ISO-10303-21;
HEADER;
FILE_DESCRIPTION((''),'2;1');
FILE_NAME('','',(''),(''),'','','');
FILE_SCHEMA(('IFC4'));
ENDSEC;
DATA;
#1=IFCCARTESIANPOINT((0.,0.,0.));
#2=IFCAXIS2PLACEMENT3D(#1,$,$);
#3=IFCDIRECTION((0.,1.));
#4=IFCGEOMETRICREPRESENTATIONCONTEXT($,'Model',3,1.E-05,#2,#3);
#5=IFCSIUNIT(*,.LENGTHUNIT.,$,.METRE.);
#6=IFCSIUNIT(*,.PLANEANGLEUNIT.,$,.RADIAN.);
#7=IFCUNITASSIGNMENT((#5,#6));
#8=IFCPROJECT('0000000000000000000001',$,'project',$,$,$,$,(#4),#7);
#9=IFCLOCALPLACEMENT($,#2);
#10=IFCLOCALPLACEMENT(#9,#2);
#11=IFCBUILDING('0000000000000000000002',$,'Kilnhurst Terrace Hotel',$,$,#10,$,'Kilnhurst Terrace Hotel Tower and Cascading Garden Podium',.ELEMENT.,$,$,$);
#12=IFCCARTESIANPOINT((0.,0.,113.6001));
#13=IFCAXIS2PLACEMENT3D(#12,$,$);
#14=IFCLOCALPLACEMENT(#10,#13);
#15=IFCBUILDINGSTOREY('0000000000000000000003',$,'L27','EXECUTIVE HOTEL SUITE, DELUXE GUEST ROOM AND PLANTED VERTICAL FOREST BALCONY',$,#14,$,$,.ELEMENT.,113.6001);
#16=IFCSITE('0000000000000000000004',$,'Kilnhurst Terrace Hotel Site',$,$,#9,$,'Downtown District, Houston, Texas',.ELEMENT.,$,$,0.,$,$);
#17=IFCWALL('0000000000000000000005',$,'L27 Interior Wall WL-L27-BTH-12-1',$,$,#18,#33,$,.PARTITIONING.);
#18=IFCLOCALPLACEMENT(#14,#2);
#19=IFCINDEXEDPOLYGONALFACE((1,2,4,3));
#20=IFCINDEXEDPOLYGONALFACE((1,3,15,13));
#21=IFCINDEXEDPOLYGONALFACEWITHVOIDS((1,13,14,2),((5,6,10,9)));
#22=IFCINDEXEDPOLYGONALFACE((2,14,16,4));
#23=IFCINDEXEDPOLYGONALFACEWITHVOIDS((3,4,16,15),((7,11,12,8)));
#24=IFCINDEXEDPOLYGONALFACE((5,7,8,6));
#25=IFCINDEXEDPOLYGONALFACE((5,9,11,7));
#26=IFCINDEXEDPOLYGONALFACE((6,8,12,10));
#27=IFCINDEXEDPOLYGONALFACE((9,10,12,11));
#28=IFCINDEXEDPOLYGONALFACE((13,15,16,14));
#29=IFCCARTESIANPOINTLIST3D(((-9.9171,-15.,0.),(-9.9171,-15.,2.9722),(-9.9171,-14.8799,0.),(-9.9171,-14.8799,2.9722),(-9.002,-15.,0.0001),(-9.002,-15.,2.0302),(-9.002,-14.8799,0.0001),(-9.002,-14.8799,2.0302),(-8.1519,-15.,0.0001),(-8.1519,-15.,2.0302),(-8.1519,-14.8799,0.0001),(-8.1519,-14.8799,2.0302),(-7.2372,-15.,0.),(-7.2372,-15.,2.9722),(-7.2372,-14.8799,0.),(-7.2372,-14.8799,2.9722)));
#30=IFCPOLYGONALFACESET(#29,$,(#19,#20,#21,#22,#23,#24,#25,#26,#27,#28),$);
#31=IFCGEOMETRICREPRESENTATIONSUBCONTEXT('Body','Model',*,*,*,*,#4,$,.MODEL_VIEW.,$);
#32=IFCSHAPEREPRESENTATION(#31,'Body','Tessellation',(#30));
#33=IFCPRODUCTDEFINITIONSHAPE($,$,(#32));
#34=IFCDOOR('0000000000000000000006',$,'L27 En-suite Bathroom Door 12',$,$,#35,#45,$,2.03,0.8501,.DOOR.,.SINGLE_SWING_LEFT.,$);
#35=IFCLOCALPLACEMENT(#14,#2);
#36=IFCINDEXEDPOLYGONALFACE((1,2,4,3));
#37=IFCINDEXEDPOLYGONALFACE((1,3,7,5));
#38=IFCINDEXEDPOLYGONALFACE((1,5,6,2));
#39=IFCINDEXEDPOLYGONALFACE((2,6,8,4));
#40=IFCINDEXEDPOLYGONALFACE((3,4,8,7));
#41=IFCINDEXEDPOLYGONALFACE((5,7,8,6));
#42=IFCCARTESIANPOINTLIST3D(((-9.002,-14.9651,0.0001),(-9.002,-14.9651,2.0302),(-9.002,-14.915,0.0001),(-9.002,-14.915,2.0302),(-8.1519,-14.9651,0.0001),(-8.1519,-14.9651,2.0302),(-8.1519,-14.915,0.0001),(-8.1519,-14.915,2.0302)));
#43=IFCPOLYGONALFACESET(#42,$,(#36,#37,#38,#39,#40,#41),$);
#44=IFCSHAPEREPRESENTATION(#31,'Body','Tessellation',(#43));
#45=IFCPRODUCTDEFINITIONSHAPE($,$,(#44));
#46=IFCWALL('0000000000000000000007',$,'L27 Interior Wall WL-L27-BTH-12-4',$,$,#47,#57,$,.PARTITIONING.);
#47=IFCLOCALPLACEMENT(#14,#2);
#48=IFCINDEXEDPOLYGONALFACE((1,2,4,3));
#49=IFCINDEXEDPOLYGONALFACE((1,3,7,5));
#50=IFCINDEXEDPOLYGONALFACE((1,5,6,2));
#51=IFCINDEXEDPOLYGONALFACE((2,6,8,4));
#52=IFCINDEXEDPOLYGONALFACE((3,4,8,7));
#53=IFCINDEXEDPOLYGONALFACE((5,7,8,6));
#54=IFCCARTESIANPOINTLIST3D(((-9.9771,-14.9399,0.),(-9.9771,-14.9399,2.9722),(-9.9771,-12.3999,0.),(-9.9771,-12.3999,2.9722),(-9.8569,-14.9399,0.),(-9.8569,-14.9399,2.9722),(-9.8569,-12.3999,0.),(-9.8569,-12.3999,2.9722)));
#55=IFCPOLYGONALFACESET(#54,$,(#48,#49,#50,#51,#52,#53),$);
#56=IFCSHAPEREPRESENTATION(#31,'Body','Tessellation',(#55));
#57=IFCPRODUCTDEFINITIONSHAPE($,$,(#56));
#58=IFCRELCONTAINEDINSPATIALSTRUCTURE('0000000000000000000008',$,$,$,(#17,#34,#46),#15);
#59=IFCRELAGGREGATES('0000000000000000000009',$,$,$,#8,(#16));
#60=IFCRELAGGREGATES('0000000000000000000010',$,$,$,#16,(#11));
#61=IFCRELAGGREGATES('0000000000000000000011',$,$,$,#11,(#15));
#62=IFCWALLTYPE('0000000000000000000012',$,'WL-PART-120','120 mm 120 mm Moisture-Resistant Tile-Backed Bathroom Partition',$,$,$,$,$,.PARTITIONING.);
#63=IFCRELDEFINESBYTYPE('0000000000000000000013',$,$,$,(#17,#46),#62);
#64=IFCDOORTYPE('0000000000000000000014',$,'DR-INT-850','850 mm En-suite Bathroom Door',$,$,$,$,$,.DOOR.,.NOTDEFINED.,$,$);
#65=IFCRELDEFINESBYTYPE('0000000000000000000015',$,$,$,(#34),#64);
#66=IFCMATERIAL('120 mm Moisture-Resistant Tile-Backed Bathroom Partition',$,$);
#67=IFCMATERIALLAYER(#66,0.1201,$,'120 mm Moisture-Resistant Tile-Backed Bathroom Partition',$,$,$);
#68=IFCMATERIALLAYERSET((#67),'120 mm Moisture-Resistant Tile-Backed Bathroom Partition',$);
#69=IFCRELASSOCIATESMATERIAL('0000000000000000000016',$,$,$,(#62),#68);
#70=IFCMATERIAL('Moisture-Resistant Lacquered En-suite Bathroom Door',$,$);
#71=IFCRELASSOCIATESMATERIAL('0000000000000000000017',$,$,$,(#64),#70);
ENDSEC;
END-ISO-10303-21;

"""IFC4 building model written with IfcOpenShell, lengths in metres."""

from ifc_helpers import new_model, si_unit, direction, frame, frame_2d, origin, place, context, subcontext, project, spatial, rectangle, extrude, material, layer, layer_set, type_object, element, fill, save


model = new_model("IFC4")

# Units and contexts
model_context = context("Model", 3, precision=1e-05, world=origin(), true_north=direction((0.0, 1.0)))
body_context = subcontext(model_context, "Body", "Model", "MODEL_VIEW")
ifc_project = project(units=[si_unit("LENGTHUNIT", "METRE"), si_unit("PLANEANGLEUNIT", "RADIAN")], contexts=[model_context])

# Site, building, storey
site_placement = place(None, origin())
site = spatial("IfcSite", under=ifc_project, at=site_placement, Name="Kilnhurst Terrace Hotel Site", LongName="Downtown District, Houston, Texas", CompositionType="ELEMENT", RefElevation=0.0)
building_placement = place(site_placement, origin())
building = spatial("IfcBuilding", under=site, at=building_placement, Name="Kilnhurst Terrace Hotel", LongName="Kilnhurst Terrace Hotel Tower and Cascading Garden Podium", CompositionType="ELEMENT")
storey_placement = place(building_placement, frame((0.0, 0.0, 113.6001)))
storey = spatial("IfcBuildingStorey", under=building, at=storey_placement, Name="L27", Description="EXECUTIVE HOTEL SUITE, DELUXE GUEST ROOM AND PLANTED VERTICAL FOREST BALCONY", CompositionType="ELEMENT", Elevation=113.6001)

# Shared definitions
ifc_material_1 = material(Name="120 mm Moisture-Resistant Tile-Backed Bathroom Partition")
ifc_layer_1 = layer(ifc_material_1, 0.1201, Name="120 mm Moisture-Resistant Tile-Backed Bathroom Partition")
ifc_layer_set_1 = layer_set([ifc_layer_1], Name="120 mm Moisture-Resistant Tile-Backed Bathroom Partition")
wall_type_1 = type_object("IfcWallType", Name="WL-PART-120", Description="120 mm 120 mm Moisture-Resistant Tile-Backed Bathroom Partition", PredefinedType="PARTITIONING", material=ifc_layer_set_1)
ifc_material_2 = material(Name="Moisture-Resistant Lacquered En-suite Bathroom Door")
door_type_1 = type_object("IfcDoorType", Name="DR-INT-850", Description="850 mm En-suite Bathroom Door", OperationType="NOTDEFINED", PredefinedType="DOOR", material=ifc_material_2)

# Wall, opening, door
wall_1_placement = place(storey_placement, frame((-9.917, -14.9399, 0.0), z_axis=(0.0, 0.0, 1.0), x_axis=(1.0, 0.0, 0.0)))
wall_1 = element("IfcWall", 1, at=wall_1_placement, inside=storey, type_object=wall_type_1, Name="L27 Interior Wall WL-L27-BTH-12-1", PredefinedType="PARTITIONING", context=body_context, shape_type="SweptSolid", body=[
    extrude(rectangle(XDim=2.6799, YDim=0.1201, at=frame_2d((1.3398, 0.0))), origin(), (0.0, 0.0, 1.0), 2.9722),
])
opening_1_placement = place(wall_1_placement, frame((0.915, 0.0, 0.0)))
opening_1 = element("IfcOpeningElement", 2, at=opening_1_placement, cuts=wall_1, PredefinedType="OPENING", context=body_context, shape_type="SweptSolid", body=[
    extrude(rectangle(XDim=0.8501, YDim=2.03, at=frame_2d((0.425, 1.0151))), frame((0.0, 0.0701, 0.0), z_axis=(0.0, -1.0, 0.0), x_axis=(1.0, 0.0, 0.0)), (0.0, 0.0, 1.0), 0.1401),
])
door_1_placement = place(opening_1_placement, origin())
door_1 = element("IfcDoor", 3, at=door_1_placement, inside=storey, type_object=door_type_1, Name="L27 En-suite Bathroom Door 12", OperationType="SINGLE_SWING_LEFT", OverallHeight=2.03, OverallWidth=0.8501, PredefinedType="DOOR", context=body_context, shape_type="SweptSolid", body=[
    extrude(rectangle(XDim=0.8501, YDim=2.03, at=frame_2d((0.425, 1.0151))), frame((0.0, 0.0249, 0.0), z_axis=(0.0, -1.0, 0.0), x_axis=(1.0, 0.0, 0.0)), (0.0, 0.0, 1.0), 0.05),
])
fill(opening_1, door_1)

# Wall
wall_2_placement = place(storey_placement, frame((-9.917, -12.3999, 0.0), z_axis=(0.0, 0.0, 1.0), x_axis=(0.0, -1.0, 0.0)))
element("IfcWall", 4, at=wall_2_placement, inside=storey, type_object=wall_type_1, Name="L27 Interior Wall WL-L27-BTH-12-4", PredefinedType="PARTITIONING", context=body_context, shape_type="SweptSolid", body=[
    extrude(rectangle(XDim=2.54, YDim=0.1201, at=frame_2d((1.27, 0.0))), origin(), (0.0, 0.0, 1.0), 2.9722),
])

save(model, "model.ifc")
